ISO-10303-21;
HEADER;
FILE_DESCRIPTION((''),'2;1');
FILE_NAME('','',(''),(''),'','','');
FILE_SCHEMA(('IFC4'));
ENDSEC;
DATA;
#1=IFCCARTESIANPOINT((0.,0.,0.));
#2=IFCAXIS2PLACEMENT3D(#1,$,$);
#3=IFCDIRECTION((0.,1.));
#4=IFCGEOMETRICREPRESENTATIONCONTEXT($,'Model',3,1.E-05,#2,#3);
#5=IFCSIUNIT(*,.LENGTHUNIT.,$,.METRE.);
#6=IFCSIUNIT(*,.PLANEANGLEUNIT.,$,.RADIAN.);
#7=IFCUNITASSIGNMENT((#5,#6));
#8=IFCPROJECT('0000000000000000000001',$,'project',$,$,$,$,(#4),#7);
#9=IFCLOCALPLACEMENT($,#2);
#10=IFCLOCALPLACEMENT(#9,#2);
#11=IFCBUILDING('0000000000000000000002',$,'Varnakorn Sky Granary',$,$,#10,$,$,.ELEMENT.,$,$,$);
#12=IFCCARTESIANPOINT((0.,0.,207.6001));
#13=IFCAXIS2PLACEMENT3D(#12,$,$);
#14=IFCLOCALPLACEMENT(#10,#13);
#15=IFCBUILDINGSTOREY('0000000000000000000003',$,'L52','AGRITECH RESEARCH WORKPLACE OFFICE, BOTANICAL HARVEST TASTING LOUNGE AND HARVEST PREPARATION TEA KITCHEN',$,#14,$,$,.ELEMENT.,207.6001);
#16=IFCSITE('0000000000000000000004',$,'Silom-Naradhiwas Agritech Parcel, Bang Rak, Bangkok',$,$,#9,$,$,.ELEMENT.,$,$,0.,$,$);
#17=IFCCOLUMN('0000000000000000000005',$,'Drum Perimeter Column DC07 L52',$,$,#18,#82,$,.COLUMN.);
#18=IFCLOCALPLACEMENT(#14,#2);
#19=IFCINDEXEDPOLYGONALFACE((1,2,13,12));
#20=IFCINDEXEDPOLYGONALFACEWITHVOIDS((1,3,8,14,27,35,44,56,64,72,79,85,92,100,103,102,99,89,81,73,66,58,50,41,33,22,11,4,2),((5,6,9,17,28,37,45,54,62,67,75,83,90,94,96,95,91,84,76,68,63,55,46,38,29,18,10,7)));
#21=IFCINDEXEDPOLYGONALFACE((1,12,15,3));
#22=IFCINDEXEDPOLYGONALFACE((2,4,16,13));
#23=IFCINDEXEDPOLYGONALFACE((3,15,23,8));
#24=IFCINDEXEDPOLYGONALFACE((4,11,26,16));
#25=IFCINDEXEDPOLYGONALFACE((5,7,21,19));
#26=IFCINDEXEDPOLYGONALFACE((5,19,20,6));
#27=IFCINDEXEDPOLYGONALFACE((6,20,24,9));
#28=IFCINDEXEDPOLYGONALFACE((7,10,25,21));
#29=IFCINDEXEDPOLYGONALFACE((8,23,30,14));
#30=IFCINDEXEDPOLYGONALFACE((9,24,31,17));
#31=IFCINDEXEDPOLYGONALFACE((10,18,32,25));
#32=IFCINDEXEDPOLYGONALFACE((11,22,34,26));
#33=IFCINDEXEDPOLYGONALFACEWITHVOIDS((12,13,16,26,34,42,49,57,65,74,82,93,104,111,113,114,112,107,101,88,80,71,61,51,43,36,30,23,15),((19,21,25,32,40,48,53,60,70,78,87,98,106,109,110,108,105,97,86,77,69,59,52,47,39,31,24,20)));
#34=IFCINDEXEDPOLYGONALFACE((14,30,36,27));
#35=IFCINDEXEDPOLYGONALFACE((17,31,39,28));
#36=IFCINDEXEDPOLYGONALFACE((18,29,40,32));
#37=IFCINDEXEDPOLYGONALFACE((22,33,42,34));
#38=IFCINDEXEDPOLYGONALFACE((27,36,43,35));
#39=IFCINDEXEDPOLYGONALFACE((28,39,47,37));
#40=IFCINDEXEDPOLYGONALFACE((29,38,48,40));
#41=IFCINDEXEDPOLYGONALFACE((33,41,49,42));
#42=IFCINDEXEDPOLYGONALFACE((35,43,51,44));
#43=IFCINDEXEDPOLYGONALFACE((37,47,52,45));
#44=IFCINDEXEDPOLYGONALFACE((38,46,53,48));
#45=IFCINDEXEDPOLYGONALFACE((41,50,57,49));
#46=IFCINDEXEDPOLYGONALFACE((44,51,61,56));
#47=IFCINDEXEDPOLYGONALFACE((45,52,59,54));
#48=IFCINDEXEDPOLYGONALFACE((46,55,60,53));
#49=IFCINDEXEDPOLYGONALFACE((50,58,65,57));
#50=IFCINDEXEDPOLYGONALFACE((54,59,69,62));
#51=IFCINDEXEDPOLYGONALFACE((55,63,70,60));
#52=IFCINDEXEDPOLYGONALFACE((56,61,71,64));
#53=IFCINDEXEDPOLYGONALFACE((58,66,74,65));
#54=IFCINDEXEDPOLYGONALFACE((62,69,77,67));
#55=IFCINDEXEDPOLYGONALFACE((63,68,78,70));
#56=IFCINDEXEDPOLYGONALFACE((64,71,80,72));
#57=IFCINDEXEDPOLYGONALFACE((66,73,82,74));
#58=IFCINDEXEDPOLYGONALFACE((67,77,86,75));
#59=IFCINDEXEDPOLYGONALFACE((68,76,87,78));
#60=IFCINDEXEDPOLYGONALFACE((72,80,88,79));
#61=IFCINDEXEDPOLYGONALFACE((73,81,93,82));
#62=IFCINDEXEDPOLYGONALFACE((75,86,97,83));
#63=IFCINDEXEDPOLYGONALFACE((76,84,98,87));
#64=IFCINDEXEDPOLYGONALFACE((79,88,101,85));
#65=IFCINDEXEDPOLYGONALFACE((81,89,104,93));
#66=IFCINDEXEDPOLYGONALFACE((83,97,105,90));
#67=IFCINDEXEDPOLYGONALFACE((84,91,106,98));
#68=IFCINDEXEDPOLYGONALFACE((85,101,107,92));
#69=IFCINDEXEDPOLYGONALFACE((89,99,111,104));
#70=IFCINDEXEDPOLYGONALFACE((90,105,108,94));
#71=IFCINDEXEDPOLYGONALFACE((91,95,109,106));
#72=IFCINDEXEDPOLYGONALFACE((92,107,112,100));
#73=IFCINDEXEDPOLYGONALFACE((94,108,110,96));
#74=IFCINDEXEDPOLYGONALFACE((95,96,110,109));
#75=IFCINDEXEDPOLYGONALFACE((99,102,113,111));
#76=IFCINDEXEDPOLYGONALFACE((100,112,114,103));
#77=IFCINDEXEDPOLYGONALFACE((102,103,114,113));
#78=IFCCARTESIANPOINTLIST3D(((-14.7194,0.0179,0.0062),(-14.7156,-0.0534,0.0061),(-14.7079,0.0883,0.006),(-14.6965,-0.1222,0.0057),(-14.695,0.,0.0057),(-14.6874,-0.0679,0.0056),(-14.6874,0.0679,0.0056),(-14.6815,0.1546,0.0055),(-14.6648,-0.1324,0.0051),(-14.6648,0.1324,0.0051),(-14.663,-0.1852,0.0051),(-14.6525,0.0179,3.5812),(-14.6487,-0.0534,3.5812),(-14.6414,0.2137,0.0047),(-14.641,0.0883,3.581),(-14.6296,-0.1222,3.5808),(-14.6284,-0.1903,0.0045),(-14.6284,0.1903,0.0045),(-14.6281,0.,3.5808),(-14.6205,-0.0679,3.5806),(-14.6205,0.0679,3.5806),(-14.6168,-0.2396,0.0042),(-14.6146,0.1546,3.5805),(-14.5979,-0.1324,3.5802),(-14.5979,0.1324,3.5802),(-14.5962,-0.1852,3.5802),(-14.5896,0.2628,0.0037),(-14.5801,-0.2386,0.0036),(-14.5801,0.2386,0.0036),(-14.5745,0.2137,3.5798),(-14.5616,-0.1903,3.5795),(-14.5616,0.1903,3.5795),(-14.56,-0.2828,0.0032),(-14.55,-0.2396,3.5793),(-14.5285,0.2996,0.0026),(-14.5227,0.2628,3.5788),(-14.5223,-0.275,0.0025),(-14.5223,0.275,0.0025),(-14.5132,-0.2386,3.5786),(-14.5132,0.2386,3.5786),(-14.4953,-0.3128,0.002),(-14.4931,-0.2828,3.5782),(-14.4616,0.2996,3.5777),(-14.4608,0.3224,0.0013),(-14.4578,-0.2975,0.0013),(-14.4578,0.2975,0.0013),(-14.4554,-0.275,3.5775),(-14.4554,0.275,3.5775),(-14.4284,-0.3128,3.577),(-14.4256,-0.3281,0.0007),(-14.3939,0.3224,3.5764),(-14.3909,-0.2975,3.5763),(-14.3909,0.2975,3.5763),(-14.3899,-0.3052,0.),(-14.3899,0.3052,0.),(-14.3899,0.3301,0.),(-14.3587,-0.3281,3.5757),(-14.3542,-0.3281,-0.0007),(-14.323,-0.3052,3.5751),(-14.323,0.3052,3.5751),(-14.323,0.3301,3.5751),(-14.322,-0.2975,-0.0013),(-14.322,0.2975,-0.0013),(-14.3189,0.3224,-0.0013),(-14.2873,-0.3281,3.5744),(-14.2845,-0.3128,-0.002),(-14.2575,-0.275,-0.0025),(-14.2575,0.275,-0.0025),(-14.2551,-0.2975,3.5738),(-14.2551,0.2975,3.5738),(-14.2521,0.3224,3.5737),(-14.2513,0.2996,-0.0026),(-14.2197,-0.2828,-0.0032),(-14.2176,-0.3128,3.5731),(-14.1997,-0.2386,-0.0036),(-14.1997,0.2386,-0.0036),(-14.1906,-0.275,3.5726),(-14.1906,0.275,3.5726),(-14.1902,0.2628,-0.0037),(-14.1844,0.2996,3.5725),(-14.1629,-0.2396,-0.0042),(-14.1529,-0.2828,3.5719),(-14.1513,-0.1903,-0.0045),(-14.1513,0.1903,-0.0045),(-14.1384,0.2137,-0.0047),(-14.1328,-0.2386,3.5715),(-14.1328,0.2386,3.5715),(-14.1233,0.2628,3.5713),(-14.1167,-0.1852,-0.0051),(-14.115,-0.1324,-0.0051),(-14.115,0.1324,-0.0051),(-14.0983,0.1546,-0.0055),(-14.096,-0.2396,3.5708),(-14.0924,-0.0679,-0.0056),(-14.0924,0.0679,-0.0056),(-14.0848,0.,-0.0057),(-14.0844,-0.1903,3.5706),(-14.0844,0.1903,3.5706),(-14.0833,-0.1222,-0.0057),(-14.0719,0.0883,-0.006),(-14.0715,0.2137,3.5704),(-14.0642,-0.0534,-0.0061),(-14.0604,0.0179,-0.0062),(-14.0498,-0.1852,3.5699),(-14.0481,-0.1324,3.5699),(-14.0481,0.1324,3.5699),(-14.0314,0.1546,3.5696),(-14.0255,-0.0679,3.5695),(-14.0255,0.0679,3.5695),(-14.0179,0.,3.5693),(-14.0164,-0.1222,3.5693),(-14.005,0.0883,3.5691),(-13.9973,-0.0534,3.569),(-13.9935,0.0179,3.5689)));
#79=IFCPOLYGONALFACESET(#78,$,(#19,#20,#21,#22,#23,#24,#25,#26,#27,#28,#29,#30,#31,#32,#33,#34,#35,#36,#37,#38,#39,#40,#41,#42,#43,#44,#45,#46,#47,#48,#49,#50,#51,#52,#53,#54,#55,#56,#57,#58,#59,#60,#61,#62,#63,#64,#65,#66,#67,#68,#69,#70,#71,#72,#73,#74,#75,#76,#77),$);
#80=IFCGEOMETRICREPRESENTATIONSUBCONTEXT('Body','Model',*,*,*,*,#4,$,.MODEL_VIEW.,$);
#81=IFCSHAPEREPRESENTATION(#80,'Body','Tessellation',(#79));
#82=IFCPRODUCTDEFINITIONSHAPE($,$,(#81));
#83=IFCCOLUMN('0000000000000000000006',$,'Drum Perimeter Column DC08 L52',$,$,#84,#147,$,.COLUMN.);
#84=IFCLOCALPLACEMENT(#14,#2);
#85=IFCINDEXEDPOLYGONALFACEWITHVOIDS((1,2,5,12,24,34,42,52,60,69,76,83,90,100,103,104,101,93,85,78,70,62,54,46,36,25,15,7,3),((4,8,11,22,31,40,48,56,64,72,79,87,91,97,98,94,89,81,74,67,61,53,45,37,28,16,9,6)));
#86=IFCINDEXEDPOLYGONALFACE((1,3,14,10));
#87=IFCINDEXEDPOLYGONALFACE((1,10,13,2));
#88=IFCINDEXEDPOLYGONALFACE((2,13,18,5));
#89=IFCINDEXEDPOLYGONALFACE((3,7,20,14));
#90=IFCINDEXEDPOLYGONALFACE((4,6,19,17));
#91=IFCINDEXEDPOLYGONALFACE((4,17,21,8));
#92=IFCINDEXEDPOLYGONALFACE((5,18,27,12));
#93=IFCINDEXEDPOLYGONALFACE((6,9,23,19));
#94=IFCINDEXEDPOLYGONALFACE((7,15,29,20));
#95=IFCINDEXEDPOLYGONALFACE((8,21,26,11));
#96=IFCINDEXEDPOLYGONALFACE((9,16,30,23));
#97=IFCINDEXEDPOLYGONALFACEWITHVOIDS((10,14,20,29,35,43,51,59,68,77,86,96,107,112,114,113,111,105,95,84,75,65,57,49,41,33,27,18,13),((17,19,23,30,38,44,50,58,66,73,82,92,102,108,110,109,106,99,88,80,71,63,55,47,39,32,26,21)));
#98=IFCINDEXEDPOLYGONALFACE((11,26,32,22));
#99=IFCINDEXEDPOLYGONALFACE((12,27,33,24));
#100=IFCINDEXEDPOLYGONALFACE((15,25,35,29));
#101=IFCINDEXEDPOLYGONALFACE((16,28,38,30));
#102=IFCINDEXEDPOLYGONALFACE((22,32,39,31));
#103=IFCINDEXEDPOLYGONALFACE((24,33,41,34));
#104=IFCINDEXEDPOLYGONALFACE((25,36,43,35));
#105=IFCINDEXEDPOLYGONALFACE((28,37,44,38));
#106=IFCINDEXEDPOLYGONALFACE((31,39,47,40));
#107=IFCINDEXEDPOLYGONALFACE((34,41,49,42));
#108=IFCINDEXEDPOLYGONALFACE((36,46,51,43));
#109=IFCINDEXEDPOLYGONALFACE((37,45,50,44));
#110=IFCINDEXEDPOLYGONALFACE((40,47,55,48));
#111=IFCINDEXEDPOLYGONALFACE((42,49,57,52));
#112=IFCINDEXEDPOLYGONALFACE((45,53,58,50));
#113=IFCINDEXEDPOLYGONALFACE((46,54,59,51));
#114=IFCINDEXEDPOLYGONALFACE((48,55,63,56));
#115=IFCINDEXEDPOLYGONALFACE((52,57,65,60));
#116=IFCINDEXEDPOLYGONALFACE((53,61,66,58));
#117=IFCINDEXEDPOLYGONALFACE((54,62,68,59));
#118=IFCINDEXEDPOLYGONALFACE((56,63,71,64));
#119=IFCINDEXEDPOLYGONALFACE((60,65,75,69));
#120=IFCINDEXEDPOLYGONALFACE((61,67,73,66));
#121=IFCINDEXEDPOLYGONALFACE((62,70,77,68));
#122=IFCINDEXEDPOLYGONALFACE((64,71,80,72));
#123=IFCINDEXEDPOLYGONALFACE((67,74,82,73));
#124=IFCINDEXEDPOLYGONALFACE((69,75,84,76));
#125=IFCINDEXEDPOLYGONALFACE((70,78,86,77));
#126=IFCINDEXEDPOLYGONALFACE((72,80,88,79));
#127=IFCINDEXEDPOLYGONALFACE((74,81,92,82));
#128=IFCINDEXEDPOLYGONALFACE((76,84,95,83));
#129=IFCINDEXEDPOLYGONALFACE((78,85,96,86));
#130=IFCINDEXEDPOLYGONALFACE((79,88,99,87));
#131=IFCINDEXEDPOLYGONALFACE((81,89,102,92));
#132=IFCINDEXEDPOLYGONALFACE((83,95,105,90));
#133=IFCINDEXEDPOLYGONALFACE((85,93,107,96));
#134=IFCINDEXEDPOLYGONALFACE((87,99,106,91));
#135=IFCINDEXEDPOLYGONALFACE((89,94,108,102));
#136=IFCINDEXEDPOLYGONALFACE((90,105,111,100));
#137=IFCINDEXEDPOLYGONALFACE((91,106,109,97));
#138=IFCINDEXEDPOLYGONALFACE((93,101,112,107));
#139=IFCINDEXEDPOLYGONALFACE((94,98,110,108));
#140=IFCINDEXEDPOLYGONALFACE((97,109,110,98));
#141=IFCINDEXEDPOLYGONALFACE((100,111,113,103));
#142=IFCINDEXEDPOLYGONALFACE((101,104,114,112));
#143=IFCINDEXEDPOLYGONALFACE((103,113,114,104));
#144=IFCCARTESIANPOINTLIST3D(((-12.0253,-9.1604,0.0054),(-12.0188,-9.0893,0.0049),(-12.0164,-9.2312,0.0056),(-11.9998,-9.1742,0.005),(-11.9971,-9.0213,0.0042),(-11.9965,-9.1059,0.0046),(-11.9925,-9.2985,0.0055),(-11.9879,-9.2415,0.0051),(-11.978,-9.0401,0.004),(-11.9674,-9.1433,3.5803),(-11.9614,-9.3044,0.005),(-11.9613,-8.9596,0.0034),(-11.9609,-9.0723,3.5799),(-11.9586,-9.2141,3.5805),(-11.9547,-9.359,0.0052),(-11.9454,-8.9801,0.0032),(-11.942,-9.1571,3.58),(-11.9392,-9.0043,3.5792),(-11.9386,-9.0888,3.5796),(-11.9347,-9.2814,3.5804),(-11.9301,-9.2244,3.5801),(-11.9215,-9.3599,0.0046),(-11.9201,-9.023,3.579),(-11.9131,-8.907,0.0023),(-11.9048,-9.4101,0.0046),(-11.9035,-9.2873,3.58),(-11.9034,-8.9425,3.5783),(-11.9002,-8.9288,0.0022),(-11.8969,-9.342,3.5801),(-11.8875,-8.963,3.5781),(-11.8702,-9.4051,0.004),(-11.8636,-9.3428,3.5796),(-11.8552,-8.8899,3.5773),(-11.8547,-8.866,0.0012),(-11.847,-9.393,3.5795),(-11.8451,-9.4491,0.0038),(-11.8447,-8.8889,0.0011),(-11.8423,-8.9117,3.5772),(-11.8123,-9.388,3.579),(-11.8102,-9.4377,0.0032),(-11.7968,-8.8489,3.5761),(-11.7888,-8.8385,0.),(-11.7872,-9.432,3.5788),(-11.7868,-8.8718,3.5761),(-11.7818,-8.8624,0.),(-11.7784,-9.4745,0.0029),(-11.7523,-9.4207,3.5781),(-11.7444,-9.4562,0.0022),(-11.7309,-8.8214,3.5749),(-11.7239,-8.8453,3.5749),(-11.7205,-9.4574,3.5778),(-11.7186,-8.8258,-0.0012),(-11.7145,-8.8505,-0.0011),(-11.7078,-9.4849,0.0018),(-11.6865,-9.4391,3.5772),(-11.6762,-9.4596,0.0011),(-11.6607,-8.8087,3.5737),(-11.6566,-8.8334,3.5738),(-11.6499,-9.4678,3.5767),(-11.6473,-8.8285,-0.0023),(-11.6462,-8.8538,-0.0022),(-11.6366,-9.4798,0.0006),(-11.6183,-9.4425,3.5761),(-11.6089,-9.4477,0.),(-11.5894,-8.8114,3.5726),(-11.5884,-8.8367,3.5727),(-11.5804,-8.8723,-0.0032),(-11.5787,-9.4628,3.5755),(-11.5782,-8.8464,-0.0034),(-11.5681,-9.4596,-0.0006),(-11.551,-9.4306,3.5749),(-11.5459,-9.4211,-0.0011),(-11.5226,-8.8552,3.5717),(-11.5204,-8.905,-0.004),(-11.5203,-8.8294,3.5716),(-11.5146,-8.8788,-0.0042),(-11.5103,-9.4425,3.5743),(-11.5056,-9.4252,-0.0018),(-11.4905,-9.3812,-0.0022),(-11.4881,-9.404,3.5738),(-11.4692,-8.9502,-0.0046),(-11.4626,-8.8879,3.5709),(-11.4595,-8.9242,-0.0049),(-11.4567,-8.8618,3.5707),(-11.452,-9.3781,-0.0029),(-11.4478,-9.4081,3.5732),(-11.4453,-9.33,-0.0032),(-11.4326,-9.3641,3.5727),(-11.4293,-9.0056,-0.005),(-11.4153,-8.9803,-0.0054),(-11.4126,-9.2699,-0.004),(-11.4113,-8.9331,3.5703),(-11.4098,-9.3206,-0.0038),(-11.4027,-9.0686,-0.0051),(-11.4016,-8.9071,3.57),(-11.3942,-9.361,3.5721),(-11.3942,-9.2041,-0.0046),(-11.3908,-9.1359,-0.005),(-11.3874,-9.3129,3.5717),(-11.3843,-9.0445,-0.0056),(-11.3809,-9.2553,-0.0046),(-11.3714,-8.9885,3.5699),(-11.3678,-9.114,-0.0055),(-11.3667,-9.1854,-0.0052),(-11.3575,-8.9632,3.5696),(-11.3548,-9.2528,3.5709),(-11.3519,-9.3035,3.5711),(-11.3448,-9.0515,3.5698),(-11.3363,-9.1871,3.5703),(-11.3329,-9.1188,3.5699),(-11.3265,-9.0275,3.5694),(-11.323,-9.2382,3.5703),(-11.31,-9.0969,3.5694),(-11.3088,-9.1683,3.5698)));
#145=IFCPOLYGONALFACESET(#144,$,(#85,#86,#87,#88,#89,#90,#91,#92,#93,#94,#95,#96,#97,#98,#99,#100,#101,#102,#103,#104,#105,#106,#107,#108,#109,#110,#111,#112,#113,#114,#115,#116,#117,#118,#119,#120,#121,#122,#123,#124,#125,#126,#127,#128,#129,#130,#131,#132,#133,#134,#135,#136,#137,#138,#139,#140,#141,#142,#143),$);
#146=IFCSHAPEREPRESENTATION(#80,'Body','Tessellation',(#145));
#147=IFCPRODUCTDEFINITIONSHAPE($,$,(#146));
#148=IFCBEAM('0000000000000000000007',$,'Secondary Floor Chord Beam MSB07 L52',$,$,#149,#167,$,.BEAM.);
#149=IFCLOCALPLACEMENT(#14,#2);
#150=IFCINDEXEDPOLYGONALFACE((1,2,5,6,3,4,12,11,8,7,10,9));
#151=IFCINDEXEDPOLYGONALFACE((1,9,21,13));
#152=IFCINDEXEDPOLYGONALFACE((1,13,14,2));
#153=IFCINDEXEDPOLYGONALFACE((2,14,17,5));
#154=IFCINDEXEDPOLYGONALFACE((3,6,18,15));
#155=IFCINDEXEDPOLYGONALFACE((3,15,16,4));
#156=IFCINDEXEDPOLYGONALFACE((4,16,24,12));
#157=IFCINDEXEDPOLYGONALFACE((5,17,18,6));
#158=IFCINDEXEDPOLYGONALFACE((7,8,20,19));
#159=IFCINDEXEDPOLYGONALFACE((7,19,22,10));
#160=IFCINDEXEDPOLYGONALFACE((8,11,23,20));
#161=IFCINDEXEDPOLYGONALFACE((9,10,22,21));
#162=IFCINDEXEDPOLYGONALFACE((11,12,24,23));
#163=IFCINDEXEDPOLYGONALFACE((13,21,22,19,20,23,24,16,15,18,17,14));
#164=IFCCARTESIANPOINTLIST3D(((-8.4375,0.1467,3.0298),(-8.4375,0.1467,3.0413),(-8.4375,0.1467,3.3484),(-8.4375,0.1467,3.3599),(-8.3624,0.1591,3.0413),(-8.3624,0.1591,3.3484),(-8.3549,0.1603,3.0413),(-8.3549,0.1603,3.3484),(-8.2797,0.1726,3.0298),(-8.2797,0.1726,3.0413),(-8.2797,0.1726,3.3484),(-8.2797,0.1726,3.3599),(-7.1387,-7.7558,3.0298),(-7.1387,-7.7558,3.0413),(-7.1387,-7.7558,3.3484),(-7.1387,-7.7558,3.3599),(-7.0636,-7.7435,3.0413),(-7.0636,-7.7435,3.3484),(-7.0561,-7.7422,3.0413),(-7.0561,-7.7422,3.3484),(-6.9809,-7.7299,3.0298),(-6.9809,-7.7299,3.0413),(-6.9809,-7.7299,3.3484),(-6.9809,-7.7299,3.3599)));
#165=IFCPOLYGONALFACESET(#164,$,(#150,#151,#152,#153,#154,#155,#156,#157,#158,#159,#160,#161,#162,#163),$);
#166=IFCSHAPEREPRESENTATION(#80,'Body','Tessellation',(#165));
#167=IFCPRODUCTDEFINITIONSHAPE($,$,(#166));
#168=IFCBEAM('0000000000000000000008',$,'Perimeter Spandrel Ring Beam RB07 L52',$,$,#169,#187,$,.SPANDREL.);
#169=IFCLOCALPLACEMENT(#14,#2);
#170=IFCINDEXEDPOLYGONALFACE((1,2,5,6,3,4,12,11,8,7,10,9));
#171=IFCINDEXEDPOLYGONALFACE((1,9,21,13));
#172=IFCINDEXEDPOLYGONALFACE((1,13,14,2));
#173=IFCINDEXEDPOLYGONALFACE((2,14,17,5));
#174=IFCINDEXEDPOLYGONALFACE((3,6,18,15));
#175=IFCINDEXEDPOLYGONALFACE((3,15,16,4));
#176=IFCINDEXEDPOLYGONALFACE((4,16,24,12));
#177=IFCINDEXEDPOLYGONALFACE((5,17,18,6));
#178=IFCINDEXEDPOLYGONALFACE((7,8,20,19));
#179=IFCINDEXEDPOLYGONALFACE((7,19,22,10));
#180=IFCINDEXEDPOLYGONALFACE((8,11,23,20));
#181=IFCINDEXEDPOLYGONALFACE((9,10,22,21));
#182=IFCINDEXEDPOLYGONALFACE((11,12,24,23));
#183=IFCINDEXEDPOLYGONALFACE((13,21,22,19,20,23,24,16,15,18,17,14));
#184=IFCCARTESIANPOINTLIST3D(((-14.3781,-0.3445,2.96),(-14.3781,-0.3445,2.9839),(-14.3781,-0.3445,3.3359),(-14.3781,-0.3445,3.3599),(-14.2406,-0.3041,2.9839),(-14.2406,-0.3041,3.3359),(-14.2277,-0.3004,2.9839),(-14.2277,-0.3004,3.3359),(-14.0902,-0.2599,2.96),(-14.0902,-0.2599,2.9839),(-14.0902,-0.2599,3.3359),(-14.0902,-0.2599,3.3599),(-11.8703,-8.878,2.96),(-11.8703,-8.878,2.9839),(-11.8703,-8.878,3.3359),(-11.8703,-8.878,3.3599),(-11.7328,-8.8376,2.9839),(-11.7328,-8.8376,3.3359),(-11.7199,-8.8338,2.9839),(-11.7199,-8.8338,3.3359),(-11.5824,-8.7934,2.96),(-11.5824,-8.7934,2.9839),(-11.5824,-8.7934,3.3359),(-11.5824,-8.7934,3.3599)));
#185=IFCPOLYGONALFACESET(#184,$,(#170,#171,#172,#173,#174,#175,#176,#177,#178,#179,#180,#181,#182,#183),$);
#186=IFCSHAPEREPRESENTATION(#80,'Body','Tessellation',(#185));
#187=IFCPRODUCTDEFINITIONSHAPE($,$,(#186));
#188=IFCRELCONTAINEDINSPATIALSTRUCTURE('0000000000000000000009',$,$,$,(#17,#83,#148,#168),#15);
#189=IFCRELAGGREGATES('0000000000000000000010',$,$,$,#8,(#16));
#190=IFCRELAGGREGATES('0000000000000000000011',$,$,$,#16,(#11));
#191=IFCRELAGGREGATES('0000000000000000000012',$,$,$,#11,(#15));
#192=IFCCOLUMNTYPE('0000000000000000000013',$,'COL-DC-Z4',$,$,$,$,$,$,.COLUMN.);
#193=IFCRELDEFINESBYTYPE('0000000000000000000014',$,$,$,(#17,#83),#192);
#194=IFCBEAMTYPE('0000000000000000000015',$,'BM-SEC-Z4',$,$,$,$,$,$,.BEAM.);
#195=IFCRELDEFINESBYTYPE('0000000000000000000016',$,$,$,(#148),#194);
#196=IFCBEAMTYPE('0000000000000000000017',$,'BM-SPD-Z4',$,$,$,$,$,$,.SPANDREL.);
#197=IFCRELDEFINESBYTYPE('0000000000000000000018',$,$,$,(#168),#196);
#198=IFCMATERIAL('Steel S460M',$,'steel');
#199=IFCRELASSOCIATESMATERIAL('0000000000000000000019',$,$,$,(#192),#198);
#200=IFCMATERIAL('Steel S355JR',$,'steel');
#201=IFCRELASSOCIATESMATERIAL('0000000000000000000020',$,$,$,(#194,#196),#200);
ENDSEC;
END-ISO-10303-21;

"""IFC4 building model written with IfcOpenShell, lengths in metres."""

from ifc_helpers import new_model, si_unit, direction, frame, origin, origin_2d, place, context, subcontext, project, spatial, hollow_circle, i_section, extrude, material, material_profile, profile_set, type_object, element, save


model = new_model("IFC4")

# Units and contexts
model_context = context("Model", 3, precision=1e-05, world=origin(), true_north=direction((0.0, 1.0)))
body_context = subcontext(model_context, "Body", "Model", "MODEL_VIEW")
ifc_project = project(units=[si_unit("LENGTHUNIT", "METRE"), si_unit("PLANEANGLEUNIT", "RADIAN")], contexts=[model_context])

# Site, building, storey
site_placement = place(None, origin())
site = spatial("IfcSite", under=ifc_project, at=site_placement, Name="Silom-Naradhiwas Agritech Parcel, Bang Rak, Bangkok", CompositionType="ELEMENT", RefElevation=0.0)
building_placement = place(site_placement, origin())
building = spatial("IfcBuilding", under=site, at=building_placement, Name="Varnakorn Sky Granary", CompositionType="ELEMENT")
storey_placement = place(building_placement, frame((0.0, 0.0, 207.6001)))
storey = spatial("IfcBuildingStorey", under=building, at=storey_placement, Name="L52", Description="AGRITECH RESEARCH WORKPLACE OFFICE, BOTANICAL HARVEST TASTING LOUNGE AND HARVEST PREPARATION TEA KITCHEN", CompositionType="ELEMENT", Elevation=207.6001)

# Columns
ifc_material_1 = material(Name="Steel S460M", Category="steel")
ifc_material_profile_1 = material_profile(ifc_material_1, hollow_circle(Radius=0.3301, WallThickness=0.0249, at=origin_2d()), Name="CHS 660x25")
ifc_profile_set_1 = profile_set([ifc_material_profile_1], Name="Steel S460M")
column_type = type_object("IfcColumnType", Name="COL-DC-Z4", PredefinedType="COLUMN", material=ifc_profile_set_1)
column_1_placement = place(storey_placement, frame((-14.3899, 0.0, 0.0), z_axis=(0.018709, 0.0, 0.999825), x_axis=(0.0, 1.0, 0.0)))
element("IfcColumn", 1, at=column_1_placement, inside=storey, type_object=column_type, Name="Drum Perimeter Column DC07 L52", PredefinedType="COLUMN", context=body_context, shape_type="SweptSolid", body=[
    extrude(hollow_circle(Radius=0.3301, WallThickness=0.0249, at=origin_2d()), origin(), (0.0, 0.0, 1.0), 3.5757),
])
column_2_placement = place(storey_placement, frame((-11.6953, -9.155, 0.0), z_axis=(0.016183, 0.00478, 0.999858), x_axis=(-0.283262, 0.959043, 0.0)))
element("IfcColumn", 2, at=column_2_placement, inside=storey, type_object=column_type, Name="Drum Perimeter Column DC08 L52", PredefinedType="COLUMN", context=body_context, shape_type="SweptSolid", body=[
    extrude(hollow_circle(Radius=0.3301, WallThickness=0.0249, at=origin_2d()), origin(), (0.0, 0.0, 1.0), 3.5754),
])

# Beams
ifc_material_2 = material(Name="Steel S355JR", Category="steel")
ifc_material_profile_2 = material_profile(ifc_material_2, i_section(OverallWidth=0.1599, OverallDepth=0.3301, WebThickness=0.0076, FlangeThickness=0.0115, at=origin_2d()), Name="IPE 330")
ifc_profile_set_2 = profile_set([ifc_material_profile_2], Name="Steel S355JR")
beam_type_1 = type_object("IfcBeamType", Name="BM-SEC-Z4", PredefinedType="BEAM", material=ifc_profile_set_2)
beam_1_placement = place(storey_placement, frame((-8.3586, 0.1597, 3.1948), z_axis=(0.162179, -0.986761, 0.0), x_axis=(0.986761, 0.162179, 0.0)))
element("IfcBeam", 3, at=beam_1_placement, inside=storey, type_object=beam_type_1, Name="Secondary Floor Chord Beam MSB07 L52", PredefinedType="BEAM", context=body_context, shape_type="SweptSolid", body=[
    extrude(i_section(OverallWidth=0.1599, OverallDepth=0.3301, WebThickness=0.0076, FlangeThickness=0.0115, at=origin_2d()), origin(), (0.0, 0.0, 1.0), 8.0085),
])
ifc_material_profile_3 = material_profile(ifc_material_2, i_section(OverallWidth=0.3, OverallDepth=0.3999, WebThickness=0.0134, FlangeThickness=0.0239, at=origin_2d()), Name="HE 400 B")
ifc_profile_set_3 = profile_set([ifc_material_profile_3], Name="Steel S355JR")
beam_type_2 = type_object("IfcBeamType", Name="BM-SPD-Z4", PredefinedType="SPANDREL", material=ifc_profile_set_3)
beam_2_placement = place(storey_placement, frame((-14.2341, -0.3022, 3.1599), z_axis=(0.281957, -0.959427, 0.0), x_axis=(0.959427, 0.281957, 0.0)))
element("IfcBeam", 4, at=beam_2_placement, inside=storey, type_object=beam_type_2, Name="Perimeter Spandrel Ring Beam RB07 L52", PredefinedType="SPANDREL", context=body_context, shape_type="SweptSolid", body=[
    extrude(i_section(OverallWidth=0.3, OverallDepth=0.3999, WebThickness=0.0134, FlangeThickness=0.0239, at=origin_2d()), origin(), (0.0, 0.0, 1.0), 8.8943),
])

save(model, "model.ifc")
